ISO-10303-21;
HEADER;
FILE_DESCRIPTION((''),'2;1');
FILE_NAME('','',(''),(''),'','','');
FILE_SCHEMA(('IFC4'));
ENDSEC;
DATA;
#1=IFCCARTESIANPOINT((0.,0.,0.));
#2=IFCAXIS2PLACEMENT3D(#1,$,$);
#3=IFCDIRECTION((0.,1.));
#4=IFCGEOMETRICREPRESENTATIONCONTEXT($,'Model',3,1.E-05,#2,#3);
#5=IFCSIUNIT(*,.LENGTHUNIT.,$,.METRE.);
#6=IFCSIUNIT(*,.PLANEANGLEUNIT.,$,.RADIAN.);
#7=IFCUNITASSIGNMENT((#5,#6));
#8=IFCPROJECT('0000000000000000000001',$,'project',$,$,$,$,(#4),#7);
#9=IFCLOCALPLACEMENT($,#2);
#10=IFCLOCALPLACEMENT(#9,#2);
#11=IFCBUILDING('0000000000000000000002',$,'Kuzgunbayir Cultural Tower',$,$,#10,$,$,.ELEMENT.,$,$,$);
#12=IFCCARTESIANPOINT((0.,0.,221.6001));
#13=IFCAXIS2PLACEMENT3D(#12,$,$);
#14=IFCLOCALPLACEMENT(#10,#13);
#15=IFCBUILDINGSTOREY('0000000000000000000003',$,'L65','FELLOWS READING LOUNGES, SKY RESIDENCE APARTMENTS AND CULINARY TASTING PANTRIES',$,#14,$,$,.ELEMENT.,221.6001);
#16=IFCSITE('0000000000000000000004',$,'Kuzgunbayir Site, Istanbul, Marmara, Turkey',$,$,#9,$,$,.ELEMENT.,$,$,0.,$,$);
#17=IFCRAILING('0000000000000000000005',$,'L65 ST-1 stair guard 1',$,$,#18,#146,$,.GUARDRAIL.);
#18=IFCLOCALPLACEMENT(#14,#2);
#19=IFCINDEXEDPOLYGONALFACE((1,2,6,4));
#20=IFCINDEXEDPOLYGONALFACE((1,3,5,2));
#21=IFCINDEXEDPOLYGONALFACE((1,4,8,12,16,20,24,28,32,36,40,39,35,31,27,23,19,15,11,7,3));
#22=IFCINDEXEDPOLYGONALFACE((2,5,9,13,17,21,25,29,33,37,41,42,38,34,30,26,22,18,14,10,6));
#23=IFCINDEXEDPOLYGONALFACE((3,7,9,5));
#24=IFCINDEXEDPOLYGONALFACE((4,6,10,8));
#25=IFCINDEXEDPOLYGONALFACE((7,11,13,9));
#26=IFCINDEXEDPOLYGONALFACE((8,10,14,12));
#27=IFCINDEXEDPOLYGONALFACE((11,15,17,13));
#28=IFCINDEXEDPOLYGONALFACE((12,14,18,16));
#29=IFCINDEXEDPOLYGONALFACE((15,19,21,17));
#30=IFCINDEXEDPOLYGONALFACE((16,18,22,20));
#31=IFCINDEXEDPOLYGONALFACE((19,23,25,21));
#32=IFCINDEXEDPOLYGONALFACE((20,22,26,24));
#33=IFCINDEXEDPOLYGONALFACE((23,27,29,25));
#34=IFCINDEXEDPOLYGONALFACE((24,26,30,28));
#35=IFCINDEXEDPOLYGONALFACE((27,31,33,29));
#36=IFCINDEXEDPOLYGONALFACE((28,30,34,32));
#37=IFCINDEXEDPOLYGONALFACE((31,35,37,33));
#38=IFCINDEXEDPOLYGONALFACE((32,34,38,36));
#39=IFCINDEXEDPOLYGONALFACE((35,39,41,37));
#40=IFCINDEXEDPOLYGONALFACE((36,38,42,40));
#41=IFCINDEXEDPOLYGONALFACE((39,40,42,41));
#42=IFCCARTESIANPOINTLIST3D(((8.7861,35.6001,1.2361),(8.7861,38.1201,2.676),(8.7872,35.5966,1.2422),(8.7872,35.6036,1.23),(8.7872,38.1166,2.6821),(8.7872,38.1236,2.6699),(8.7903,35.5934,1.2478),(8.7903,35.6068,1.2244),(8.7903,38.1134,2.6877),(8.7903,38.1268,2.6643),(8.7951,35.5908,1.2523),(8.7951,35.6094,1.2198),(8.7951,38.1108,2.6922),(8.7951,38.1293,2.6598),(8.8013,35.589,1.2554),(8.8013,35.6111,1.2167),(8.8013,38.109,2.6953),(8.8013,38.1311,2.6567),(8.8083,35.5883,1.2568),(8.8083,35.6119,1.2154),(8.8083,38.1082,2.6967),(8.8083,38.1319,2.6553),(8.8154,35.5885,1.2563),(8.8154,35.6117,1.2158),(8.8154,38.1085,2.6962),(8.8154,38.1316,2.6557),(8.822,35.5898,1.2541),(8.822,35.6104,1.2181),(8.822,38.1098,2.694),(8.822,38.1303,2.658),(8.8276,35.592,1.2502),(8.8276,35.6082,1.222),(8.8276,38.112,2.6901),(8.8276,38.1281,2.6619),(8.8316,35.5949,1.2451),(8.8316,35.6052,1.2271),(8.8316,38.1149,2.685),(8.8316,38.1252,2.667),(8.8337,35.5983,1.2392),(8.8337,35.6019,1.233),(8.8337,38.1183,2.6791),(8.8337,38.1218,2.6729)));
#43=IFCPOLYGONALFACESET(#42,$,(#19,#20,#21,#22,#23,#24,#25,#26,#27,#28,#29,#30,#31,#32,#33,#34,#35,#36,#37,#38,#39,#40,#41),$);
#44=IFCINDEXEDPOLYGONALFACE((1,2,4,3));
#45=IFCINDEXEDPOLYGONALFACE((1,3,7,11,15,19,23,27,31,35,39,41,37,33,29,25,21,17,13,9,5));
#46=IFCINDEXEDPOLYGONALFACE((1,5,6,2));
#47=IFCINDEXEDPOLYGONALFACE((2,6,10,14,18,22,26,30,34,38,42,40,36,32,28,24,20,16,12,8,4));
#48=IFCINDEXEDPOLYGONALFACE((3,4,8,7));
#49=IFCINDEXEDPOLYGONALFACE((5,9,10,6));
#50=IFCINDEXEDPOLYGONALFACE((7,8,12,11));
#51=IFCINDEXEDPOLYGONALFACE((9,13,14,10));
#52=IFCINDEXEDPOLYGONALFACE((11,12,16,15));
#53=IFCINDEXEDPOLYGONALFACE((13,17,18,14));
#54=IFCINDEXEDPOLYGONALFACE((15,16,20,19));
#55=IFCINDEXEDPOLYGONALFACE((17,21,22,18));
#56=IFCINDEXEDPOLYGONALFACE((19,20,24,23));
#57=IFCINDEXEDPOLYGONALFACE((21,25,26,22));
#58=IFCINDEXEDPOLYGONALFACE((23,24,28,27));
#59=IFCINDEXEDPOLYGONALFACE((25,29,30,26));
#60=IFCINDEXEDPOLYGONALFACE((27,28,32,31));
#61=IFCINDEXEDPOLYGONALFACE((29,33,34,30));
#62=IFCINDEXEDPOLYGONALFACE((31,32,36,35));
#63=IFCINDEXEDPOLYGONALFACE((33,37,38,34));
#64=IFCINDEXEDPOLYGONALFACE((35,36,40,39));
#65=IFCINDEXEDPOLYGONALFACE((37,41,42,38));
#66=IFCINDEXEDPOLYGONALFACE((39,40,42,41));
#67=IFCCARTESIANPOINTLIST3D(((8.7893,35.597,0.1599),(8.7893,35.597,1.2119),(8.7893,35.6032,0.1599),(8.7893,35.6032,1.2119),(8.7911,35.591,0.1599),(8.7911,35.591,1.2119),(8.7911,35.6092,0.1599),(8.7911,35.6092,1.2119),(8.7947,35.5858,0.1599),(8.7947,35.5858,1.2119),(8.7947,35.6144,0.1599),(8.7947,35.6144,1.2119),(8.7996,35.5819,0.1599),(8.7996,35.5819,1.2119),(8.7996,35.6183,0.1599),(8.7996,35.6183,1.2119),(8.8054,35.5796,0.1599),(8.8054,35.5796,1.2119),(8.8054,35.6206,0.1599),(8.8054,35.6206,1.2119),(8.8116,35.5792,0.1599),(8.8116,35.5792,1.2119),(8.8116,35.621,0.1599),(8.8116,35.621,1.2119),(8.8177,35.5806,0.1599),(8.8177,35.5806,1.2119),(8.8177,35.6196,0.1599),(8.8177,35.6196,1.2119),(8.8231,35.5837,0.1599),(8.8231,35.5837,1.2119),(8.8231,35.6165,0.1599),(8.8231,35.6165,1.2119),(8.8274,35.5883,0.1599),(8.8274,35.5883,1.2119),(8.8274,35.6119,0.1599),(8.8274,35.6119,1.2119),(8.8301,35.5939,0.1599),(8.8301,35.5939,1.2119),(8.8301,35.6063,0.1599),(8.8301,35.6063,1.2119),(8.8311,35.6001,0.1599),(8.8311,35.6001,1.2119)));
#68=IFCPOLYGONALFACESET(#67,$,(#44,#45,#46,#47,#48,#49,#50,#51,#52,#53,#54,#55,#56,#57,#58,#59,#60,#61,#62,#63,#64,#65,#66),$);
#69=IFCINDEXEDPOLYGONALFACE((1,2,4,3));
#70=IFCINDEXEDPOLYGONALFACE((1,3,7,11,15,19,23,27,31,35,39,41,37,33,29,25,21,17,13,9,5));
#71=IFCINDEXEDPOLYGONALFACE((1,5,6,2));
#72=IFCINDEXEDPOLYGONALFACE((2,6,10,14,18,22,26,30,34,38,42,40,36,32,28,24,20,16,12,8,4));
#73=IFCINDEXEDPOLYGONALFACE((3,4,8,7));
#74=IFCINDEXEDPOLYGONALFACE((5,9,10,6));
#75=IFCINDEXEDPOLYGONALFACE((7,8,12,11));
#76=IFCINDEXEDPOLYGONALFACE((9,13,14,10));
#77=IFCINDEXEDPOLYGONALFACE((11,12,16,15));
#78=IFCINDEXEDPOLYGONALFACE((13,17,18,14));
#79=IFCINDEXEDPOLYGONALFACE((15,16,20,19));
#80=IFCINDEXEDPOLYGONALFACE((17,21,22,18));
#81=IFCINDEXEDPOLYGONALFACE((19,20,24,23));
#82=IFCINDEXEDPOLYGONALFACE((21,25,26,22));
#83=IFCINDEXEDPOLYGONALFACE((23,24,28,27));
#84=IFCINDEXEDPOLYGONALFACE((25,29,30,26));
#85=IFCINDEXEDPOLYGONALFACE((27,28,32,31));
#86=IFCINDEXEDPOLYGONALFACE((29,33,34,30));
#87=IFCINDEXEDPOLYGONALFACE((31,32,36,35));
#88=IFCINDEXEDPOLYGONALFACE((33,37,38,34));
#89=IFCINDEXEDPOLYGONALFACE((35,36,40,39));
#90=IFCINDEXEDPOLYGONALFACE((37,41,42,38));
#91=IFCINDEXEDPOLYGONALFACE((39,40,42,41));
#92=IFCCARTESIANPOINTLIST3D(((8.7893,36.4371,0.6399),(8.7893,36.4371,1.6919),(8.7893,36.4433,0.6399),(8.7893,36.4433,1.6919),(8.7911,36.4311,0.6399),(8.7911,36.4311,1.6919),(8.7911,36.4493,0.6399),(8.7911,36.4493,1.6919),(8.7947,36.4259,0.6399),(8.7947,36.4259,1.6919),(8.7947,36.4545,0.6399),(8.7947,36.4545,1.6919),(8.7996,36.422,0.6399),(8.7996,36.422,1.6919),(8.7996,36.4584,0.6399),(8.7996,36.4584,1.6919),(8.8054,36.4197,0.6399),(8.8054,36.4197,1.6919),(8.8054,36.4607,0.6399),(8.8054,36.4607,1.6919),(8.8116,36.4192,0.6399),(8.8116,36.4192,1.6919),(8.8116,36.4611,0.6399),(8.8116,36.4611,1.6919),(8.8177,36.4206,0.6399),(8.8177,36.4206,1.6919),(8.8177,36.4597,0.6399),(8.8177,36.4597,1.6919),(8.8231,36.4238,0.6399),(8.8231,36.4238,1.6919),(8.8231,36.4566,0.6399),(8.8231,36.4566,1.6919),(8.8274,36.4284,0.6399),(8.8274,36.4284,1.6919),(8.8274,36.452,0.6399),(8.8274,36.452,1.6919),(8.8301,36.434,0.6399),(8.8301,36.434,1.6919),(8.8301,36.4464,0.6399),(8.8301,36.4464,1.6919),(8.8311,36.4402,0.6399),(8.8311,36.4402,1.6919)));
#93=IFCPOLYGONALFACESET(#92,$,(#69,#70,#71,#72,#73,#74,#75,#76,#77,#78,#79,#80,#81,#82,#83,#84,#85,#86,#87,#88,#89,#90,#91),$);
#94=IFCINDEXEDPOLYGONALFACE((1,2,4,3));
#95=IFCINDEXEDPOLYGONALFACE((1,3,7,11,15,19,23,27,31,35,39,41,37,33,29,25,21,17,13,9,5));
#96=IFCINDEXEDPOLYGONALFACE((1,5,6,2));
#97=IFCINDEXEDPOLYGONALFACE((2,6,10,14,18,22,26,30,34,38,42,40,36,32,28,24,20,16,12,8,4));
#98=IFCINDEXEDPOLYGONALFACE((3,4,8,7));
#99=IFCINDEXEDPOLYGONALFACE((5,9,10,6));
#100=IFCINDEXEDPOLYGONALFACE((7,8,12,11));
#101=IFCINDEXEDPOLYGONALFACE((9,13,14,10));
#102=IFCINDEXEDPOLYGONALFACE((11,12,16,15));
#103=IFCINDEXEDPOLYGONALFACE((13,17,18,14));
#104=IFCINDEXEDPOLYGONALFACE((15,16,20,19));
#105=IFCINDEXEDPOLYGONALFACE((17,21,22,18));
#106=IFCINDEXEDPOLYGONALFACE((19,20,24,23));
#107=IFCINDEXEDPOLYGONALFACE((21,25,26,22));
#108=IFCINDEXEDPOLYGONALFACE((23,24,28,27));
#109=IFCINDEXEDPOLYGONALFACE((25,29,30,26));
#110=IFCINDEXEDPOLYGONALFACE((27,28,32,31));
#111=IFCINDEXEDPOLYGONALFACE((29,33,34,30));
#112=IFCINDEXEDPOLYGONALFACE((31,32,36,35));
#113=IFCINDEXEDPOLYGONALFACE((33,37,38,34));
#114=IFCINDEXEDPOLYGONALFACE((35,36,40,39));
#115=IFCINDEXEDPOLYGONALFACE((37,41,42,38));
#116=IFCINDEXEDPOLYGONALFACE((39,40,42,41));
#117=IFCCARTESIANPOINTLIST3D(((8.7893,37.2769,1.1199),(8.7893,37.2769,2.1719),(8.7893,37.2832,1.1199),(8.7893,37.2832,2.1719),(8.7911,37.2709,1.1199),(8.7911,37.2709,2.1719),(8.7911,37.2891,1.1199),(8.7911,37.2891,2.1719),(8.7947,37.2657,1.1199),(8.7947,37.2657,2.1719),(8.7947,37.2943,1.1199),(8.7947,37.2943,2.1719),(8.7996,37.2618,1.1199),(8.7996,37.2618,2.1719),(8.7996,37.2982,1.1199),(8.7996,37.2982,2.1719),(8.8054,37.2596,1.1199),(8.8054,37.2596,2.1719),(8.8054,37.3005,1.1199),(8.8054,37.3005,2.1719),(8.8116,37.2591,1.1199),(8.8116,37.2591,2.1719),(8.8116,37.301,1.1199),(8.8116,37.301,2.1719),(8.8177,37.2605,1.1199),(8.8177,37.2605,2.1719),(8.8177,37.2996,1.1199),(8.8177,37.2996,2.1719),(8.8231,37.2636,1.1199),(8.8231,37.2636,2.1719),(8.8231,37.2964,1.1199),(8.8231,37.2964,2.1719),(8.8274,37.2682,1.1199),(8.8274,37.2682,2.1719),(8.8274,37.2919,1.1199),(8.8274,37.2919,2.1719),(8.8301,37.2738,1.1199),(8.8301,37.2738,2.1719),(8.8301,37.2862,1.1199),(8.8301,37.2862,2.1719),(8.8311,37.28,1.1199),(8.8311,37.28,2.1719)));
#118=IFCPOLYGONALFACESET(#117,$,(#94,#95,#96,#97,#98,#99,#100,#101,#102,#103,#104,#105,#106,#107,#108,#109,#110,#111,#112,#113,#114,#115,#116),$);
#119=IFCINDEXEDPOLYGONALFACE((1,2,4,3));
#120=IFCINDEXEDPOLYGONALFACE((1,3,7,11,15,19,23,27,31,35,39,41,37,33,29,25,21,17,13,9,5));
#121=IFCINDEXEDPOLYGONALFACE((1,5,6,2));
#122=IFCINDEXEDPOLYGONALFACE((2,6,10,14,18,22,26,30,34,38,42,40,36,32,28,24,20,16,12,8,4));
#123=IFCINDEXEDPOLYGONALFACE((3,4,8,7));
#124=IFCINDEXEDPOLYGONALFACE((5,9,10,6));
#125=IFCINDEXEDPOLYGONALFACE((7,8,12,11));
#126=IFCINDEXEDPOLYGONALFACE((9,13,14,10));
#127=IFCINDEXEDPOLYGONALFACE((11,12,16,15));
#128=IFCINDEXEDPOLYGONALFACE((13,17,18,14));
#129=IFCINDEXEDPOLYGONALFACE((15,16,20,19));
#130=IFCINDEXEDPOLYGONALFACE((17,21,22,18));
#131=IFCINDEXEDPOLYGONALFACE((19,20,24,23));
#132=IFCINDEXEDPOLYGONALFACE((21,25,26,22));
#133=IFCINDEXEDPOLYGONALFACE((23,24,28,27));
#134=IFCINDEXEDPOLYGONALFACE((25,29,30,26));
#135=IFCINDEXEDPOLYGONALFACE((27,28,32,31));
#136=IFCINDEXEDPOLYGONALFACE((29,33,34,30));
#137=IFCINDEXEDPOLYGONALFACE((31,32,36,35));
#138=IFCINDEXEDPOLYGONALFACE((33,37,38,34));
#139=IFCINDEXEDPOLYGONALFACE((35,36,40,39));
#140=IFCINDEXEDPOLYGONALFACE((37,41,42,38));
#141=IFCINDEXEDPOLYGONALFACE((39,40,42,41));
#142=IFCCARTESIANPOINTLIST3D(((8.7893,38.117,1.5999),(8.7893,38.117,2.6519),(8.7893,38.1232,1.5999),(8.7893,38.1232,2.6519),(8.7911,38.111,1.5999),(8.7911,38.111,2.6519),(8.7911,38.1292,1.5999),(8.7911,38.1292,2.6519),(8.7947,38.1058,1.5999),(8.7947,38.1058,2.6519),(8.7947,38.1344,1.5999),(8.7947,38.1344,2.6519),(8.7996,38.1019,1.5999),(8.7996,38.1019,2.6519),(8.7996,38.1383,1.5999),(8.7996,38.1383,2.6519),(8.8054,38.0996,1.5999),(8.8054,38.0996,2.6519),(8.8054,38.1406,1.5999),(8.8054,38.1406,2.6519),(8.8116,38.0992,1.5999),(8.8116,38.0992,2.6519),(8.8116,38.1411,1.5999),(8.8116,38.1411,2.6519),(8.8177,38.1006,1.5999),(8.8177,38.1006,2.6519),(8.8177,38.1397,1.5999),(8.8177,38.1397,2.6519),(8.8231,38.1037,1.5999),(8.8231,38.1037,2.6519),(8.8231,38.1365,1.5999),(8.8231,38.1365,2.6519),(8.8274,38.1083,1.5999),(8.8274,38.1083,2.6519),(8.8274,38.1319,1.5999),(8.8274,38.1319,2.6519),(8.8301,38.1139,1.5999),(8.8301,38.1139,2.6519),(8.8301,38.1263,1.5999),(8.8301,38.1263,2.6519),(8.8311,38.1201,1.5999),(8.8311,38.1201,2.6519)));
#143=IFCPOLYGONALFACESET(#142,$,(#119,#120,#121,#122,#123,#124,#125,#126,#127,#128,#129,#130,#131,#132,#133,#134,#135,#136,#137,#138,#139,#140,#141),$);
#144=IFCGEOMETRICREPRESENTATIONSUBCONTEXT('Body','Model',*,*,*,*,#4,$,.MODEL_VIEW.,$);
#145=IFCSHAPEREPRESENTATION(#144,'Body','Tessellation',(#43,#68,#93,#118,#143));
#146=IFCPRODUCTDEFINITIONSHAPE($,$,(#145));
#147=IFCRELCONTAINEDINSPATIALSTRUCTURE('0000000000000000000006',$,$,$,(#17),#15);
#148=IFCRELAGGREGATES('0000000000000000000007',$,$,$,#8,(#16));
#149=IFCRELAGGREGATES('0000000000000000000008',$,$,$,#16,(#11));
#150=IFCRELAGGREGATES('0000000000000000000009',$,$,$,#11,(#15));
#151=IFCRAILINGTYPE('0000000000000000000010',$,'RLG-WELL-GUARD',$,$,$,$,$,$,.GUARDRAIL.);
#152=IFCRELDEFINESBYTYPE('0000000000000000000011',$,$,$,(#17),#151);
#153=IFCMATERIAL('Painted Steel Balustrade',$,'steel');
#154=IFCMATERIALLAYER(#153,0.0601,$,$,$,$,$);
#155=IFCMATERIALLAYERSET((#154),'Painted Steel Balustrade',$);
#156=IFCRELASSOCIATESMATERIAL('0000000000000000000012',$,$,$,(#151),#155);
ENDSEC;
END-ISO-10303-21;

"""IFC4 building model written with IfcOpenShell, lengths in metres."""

from ifc_helpers import new_model, si_unit, direction, frame, origin, origin_2d, place, context, subcontext, project, spatial, circle, extrude, material, layer, layer_set, type_object, element, save


model = new_model("IFC4")

# Units and contexts
model_context = context("Model", 3, precision=1e-05, world=origin(), true_north=direction((0.0, 1.0)))
body_context = subcontext(model_context, "Body", "Model", "MODEL_VIEW")
ifc_project = project(units=[si_unit("LENGTHUNIT", "METRE"), si_unit("PLANEANGLEUNIT", "RADIAN")], contexts=[model_context])

# Site, building, storey
site_placement = place(None, origin())
site = spatial("IfcSite", under=ifc_project, at=site_placement, Name="Kuzgunbayir Site, Istanbul, Marmara, Turkey", CompositionType="ELEMENT", RefElevation=0.0)
building_placement = place(site_placement, origin())
building = spatial("IfcBuilding", under=site, at=building_placement, Name="Kuzgunbayir Cultural Tower", CompositionType="ELEMENT")
storey_placement = place(building_placement, frame((0.0, 0.0, 221.6001)))
storey = spatial("IfcBuildingStorey", under=building, at=storey_placement, Name="L65", Description="FELLOWS READING LOUNGES, SKY RESIDENCE APARTMENTS AND CULINARY TASTING PANTRIES", CompositionType="ELEMENT", Elevation=221.6001)

# Railing
ifc_material_1 = material(Name="Painted Steel Balustrade", Category="steel")
ifc_layer_1 = layer(ifc_material_1, 0.0601)
ifc_layer_set_1 = layer_set([ifc_layer_1], Name="Painted Steel Balustrade")
railing_type = type_object("IfcRailingType", Name="RLG-WELL-GUARD", PredefinedType="GUARDRAIL", material=ifc_layer_set_1)
railing_1_placement = place(storey_placement, frame((8.8101, 35.6001, 0.1599)))
element("IfcRailing", 1, at=railing_1_placement, inside=storey, type_object=railing_type, Name="L65 ST-1 stair guard 1", PredefinedType="GUARDRAIL", context=body_context, shape_type="SweptSolid", body=[
    extrude(circle(Radius=0.0239, at=origin_2d()), frame((0.0, 0.0, 1.0762), z_axis=(0.0, 0.868253, 0.496121), x_axis=(-1.0, 0.0, 0.0)), (0.0, 0.0, 1.0), 2.9023),
    extrude(circle(Radius=0.021, at=origin_2d()), origin(), (0.0, 0.0, 1.0), 1.052),
    extrude(circle(Radius=0.021, at=origin_2d()), frame((0.0, 0.8401, 0.48)), (0.0, 0.0, 1.0), 1.052),
    extrude(circle(Radius=0.021, at=origin_2d()), frame((0.0, 1.6799, 0.96)), (0.0, 0.0, 1.0), 1.052),
    extrude(circle(Radius=0.021, at=origin_2d()), frame((0.0, 2.52, 1.4399)), (0.0, 0.0, 1.0), 1.052),
])

save(model, "model.ifc")
